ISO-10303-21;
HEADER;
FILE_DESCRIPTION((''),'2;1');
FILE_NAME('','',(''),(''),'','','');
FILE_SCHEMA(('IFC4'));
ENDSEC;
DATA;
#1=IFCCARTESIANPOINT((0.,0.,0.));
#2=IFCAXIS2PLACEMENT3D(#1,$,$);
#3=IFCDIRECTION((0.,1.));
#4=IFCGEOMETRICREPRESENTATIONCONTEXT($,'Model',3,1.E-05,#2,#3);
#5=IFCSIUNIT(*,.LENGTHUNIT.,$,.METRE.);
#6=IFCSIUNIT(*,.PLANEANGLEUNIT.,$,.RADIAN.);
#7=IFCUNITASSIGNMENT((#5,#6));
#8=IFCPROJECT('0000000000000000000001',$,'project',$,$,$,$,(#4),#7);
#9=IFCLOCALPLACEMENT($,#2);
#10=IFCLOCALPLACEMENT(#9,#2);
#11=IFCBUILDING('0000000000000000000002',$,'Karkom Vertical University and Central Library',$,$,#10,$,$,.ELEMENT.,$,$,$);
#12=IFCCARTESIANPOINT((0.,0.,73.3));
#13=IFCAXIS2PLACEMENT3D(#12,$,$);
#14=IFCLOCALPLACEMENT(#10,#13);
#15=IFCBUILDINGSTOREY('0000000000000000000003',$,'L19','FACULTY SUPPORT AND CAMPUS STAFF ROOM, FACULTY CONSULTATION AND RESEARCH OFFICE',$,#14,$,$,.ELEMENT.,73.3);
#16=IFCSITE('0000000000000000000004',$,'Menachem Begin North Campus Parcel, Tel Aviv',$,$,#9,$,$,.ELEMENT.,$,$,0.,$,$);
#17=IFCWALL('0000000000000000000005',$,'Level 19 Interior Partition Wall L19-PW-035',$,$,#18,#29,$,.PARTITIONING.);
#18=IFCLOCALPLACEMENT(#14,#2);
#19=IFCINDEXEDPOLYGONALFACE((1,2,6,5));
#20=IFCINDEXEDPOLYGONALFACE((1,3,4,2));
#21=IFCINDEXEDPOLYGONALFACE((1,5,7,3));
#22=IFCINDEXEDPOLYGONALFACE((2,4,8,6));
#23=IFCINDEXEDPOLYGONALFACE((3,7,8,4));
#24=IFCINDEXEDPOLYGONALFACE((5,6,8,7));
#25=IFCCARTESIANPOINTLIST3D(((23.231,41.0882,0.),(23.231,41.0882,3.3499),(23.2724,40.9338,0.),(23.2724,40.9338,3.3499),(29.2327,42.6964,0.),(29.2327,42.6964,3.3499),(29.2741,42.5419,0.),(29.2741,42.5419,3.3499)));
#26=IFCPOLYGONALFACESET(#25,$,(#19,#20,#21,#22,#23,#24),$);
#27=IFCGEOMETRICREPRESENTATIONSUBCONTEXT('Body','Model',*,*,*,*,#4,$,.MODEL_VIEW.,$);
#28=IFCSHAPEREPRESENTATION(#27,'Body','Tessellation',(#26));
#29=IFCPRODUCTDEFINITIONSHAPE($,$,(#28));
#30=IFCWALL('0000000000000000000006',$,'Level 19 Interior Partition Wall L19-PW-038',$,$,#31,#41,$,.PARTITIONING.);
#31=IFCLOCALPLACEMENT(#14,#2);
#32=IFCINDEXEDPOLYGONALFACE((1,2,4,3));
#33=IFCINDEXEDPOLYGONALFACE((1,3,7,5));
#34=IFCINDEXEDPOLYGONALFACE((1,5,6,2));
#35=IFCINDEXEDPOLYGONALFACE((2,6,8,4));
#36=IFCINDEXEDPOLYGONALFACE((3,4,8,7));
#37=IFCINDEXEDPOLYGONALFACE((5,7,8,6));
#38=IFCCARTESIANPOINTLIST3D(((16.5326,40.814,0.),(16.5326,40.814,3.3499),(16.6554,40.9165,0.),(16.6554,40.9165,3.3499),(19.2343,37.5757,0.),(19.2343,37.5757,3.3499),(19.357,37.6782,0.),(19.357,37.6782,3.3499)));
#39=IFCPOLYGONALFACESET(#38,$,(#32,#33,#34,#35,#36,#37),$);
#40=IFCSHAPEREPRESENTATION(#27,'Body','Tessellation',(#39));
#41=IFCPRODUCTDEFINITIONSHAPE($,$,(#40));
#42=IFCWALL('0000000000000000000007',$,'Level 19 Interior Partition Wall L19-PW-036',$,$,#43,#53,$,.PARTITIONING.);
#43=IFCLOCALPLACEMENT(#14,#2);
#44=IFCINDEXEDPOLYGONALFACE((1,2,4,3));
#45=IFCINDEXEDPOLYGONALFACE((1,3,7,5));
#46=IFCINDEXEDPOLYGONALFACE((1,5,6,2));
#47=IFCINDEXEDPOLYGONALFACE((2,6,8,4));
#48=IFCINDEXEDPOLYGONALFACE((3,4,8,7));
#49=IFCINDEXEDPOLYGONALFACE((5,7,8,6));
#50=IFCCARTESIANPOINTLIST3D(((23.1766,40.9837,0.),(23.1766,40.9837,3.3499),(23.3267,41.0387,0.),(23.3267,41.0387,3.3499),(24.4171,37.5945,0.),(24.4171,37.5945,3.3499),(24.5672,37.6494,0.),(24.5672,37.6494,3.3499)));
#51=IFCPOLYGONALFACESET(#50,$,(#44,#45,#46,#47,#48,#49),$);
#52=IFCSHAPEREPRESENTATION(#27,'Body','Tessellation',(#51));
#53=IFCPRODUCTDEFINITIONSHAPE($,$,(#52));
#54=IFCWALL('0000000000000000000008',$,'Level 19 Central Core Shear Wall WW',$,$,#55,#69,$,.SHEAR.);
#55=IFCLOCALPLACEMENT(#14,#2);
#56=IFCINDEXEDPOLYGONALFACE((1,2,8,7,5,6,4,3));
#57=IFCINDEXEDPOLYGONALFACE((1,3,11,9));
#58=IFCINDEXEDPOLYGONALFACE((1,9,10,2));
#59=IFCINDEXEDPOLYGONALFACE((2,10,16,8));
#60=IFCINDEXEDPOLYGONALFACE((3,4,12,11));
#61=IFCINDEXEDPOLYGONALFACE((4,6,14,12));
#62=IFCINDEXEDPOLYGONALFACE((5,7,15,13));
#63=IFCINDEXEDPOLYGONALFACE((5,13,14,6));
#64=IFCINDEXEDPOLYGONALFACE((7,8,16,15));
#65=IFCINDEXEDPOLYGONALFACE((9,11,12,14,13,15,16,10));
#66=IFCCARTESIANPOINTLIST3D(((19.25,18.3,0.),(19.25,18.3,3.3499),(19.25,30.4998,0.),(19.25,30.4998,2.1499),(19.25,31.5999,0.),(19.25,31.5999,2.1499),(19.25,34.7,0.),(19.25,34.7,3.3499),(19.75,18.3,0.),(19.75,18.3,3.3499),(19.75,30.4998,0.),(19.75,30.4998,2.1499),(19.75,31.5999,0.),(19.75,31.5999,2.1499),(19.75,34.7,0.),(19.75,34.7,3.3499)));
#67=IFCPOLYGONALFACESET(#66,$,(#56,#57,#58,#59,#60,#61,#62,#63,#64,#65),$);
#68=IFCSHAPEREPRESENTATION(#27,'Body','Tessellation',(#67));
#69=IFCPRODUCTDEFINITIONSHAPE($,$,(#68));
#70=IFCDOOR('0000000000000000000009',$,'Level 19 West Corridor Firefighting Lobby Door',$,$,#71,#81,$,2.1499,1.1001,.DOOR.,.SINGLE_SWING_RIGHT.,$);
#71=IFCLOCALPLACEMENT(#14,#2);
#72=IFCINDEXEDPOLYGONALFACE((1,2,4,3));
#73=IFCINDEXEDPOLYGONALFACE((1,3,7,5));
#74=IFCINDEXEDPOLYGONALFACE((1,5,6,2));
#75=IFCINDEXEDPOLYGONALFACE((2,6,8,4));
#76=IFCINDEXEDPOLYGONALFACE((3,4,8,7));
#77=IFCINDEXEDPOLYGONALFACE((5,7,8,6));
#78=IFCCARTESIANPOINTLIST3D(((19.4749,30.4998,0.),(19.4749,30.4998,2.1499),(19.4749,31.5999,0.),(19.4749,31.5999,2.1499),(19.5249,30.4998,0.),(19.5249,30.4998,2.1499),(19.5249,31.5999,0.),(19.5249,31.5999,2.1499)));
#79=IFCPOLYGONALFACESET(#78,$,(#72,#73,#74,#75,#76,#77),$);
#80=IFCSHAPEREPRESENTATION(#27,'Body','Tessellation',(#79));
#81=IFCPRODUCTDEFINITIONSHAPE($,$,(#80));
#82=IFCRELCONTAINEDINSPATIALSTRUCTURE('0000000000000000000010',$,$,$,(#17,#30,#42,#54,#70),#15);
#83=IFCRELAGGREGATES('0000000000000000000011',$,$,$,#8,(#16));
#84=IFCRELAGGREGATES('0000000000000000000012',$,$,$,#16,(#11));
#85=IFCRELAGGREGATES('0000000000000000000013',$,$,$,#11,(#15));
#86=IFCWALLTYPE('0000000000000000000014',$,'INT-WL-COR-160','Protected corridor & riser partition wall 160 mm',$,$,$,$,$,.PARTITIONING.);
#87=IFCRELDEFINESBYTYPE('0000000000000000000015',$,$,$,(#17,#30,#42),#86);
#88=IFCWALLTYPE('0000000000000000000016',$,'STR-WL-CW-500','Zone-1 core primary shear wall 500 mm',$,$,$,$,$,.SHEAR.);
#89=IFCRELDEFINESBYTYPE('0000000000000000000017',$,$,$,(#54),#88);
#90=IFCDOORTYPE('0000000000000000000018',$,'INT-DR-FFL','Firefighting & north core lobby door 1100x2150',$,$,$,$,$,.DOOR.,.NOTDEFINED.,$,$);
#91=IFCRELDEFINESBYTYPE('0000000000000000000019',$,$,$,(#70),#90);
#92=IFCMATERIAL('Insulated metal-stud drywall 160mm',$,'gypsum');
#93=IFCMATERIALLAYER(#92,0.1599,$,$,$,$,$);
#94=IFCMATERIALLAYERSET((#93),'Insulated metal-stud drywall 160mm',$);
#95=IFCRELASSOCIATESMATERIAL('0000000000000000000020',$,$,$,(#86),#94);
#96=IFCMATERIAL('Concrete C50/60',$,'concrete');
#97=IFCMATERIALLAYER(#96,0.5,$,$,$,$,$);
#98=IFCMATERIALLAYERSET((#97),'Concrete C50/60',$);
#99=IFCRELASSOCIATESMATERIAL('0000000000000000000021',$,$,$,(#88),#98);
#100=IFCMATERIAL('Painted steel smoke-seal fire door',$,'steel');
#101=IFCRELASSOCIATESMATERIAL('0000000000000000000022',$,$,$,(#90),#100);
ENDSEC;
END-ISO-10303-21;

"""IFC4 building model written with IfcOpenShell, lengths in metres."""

from ifc_helpers import new_model, si_unit, direction, frame, frame_2d, origin, origin_with_axes, place, context, subcontext, project, spatial, rectangle, extrude, source, transform, mapped, material, layer, layer_set, type_object, element, fill, save


model = new_model("IFC4")

# Units and contexts
model_context = context("Model", 3, precision=1e-05, world=origin(), true_north=direction((0.0, 1.0)))
body_context = subcontext(model_context, "Body", "Model", "MODEL_VIEW")
ifc_project = project(units=[si_unit("LENGTHUNIT", "METRE"), si_unit("PLANEANGLEUNIT", "RADIAN")], contexts=[model_context])

# Site, building, storey
site_placement = place(None, origin())
site = spatial("IfcSite", under=ifc_project, at=site_placement, Name="Menachem Begin North Campus Parcel, Tel Aviv", CompositionType="ELEMENT", RefElevation=0.0)
building_placement = place(site_placement, origin())
building = spatial("IfcBuilding", under=site, at=building_placement, Name="Karkom Vertical University and Central Library", CompositionType="ELEMENT")
storey_placement = place(building_placement, frame((0.0, 0.0, 73.3)))
storey = spatial("IfcBuildingStorey", under=building, at=storey_placement, Name="L19", Description="FACULTY SUPPORT AND CAMPUS STAFF ROOM, FACULTY CONSULTATION AND RESEARCH OFFICE", CompositionType="ELEMENT", Elevation=73.3)

# Shared definitions
ifc_material_1 = material(Name="Concrete C50/60", Category="concrete")

# Shared definitions
ifc_material_2 = material(Name="Insulated metal-stud drywall 160mm", Category="gypsum")
ifc_layer_1 = layer(ifc_material_2, 0.1599)
ifc_layer_set_1 = layer_set([ifc_layer_1], Name="Insulated metal-stud drywall 160mm")
wall_type_1 = type_object("IfcWallType", Name="INT-WL-COR-160", Description="Protected corridor & riser partition wall 160 mm", PredefinedType="PARTITIONING", material=ifc_layer_set_1)

# Walls
wall_1_placement = place(storey_placement, frame((23.2517, 41.011, 0.0), z_axis=(0.0, 0.0, 1.0), x_axis=(0.965926, 0.258819, 0.0)))
element("IfcWall", 1, at=wall_1_placement, inside=storey, type_object=wall_type_1, Name="Level 19 Interior Partition Wall L19-PW-035", PredefinedType="PARTITIONING", context=body_context, shape_type="SweptSolid", body=[
    extrude(rectangle(XDim=6.2134, YDim=0.1599, at=frame_2d((3.1067, 0.0))), origin(), (0.0, 0.0, 1.0), 3.3499),
])
wall_2_placement = place(storey_placement, frame((19.2957, 37.627, 0.0), z_axis=(0.0, 0.0, 1.0), x_axis=(-0.640617, 0.767861, 0.0)))
element("IfcWall", 2, at=wall_2_placement, inside=storey, type_object=wall_type_1, Name="Level 19 Interior Partition Wall L19-PW-038", PredefinedType="PARTITIONING", context=body_context, shape_type="SweptSolid", body=[
    extrude(rectangle(XDim=4.2173, YDim=0.1599, at=frame_2d((2.1086, 0.0))), origin(), (0.0, 0.0, 1.0), 3.3499),
])
wall_3_placement = place(storey_placement, frame((24.4922, 37.6218, 0.0), z_axis=(0.0, 0.0, 1.0), x_axis=(-0.343714, 0.939074, 0.0)))
element("IfcWall", 3, at=wall_3_placement, inside=storey, type_object=wall_type_1, Name="Level 19 Interior Partition Wall L19-PW-036", PredefinedType="PARTITIONING", context=body_context, shape_type="SweptSolid", body=[
    extrude(rectangle(XDim=3.6091, YDim=0.1599, at=frame_2d((1.8047, 0.0))), origin(), (0.0, 0.0, 1.0), 3.3499),
])

# Wall, opening, door
ifc_layer_2 = layer(ifc_material_1, 0.5)
ifc_layer_set_2 = layer_set([ifc_layer_2], Name="Concrete C50/60")
wall_type_2 = type_object("IfcWallType", Name="STR-WL-CW-500", Description="Zone-1 core primary shear wall 500 mm", PredefinedType="SHEAR", material=ifc_layer_set_2)
ifc_material_3 = material(Name="Painted steel smoke-seal fire door", Category="steel")
door_type_1 = type_object("IfcDoorType", Name="INT-DR-FFL", Description="Firefighting & north core lobby door 1100x2150", OperationType="NOTDEFINED", PredefinedType="DOOR", material=ifc_material_3)
shared_shape_1 = source(origin_with_axes(), body_context, "Body", "SweptSolid", [
    extrude(rectangle(XDim=1.1001, YDim=2.1499, at=frame_2d((0.55, 1.075))), frame((0.0, 0.0249, 0.0), z_axis=(0.0, -1.0, 0.0), x_axis=(1.0, 0.0, 0.0)), (0.0, 0.0, 1.0), 0.05),
])
wall_4_placement = place(storey_placement, frame((19.5, 34.7, 0.0), z_axis=(0.0, 0.0, 1.0), x_axis=(0.0, -1.0, 0.0)))
wall_4 = element("IfcWall", 4, at=wall_4_placement, inside=storey, type_object=wall_type_2, Name="Level 19 Central Core Shear Wall WW", PredefinedType="SHEAR", context=body_context, shape_type="SweptSolid", body=[
    extrude(rectangle(XDim=16.3999, YDim=0.5, at=frame_2d((8.2, 0.0))), origin(), (0.0, 0.0, 1.0), 3.3499),
])
opening_1_placement = place(wall_4_placement, frame((3.1001, 0.0, 0.0)))
opening_1 = element("IfcOpeningElement", 5, at=opening_1_placement, cuts=wall_4, PredefinedType="OPENING", context=body_context, shape_type="SweptSolid", body=[
    extrude(rectangle(XDim=1.1001, YDim=2.1499, at=frame_2d((0.55, 1.075))), frame((0.0, 0.26, 0.0), z_axis=(0.0, -1.0, 0.0), x_axis=(1.0, 0.0, 0.0)), (0.0, 0.0, 1.0), 0.52),
])
door_1_placement = place(opening_1_placement, origin())
door_1 = element("IfcDoor", 6, at=door_1_placement, inside=storey, type_object=door_type_1, Name="Level 19 West Corridor Firefighting Lobby Door", OperationType="SINGLE_SWING_RIGHT", OverallHeight=2.1499, OverallWidth=1.1001, PredefinedType="DOOR", context=body_context, shape_type="MappedRepresentation", body=[
    mapped(shared_shape_1, transform((0.0, 0.0, 0.0), scale=1.0)),
])
fill(opening_1, door_1)

save(model, "model.ifc")
